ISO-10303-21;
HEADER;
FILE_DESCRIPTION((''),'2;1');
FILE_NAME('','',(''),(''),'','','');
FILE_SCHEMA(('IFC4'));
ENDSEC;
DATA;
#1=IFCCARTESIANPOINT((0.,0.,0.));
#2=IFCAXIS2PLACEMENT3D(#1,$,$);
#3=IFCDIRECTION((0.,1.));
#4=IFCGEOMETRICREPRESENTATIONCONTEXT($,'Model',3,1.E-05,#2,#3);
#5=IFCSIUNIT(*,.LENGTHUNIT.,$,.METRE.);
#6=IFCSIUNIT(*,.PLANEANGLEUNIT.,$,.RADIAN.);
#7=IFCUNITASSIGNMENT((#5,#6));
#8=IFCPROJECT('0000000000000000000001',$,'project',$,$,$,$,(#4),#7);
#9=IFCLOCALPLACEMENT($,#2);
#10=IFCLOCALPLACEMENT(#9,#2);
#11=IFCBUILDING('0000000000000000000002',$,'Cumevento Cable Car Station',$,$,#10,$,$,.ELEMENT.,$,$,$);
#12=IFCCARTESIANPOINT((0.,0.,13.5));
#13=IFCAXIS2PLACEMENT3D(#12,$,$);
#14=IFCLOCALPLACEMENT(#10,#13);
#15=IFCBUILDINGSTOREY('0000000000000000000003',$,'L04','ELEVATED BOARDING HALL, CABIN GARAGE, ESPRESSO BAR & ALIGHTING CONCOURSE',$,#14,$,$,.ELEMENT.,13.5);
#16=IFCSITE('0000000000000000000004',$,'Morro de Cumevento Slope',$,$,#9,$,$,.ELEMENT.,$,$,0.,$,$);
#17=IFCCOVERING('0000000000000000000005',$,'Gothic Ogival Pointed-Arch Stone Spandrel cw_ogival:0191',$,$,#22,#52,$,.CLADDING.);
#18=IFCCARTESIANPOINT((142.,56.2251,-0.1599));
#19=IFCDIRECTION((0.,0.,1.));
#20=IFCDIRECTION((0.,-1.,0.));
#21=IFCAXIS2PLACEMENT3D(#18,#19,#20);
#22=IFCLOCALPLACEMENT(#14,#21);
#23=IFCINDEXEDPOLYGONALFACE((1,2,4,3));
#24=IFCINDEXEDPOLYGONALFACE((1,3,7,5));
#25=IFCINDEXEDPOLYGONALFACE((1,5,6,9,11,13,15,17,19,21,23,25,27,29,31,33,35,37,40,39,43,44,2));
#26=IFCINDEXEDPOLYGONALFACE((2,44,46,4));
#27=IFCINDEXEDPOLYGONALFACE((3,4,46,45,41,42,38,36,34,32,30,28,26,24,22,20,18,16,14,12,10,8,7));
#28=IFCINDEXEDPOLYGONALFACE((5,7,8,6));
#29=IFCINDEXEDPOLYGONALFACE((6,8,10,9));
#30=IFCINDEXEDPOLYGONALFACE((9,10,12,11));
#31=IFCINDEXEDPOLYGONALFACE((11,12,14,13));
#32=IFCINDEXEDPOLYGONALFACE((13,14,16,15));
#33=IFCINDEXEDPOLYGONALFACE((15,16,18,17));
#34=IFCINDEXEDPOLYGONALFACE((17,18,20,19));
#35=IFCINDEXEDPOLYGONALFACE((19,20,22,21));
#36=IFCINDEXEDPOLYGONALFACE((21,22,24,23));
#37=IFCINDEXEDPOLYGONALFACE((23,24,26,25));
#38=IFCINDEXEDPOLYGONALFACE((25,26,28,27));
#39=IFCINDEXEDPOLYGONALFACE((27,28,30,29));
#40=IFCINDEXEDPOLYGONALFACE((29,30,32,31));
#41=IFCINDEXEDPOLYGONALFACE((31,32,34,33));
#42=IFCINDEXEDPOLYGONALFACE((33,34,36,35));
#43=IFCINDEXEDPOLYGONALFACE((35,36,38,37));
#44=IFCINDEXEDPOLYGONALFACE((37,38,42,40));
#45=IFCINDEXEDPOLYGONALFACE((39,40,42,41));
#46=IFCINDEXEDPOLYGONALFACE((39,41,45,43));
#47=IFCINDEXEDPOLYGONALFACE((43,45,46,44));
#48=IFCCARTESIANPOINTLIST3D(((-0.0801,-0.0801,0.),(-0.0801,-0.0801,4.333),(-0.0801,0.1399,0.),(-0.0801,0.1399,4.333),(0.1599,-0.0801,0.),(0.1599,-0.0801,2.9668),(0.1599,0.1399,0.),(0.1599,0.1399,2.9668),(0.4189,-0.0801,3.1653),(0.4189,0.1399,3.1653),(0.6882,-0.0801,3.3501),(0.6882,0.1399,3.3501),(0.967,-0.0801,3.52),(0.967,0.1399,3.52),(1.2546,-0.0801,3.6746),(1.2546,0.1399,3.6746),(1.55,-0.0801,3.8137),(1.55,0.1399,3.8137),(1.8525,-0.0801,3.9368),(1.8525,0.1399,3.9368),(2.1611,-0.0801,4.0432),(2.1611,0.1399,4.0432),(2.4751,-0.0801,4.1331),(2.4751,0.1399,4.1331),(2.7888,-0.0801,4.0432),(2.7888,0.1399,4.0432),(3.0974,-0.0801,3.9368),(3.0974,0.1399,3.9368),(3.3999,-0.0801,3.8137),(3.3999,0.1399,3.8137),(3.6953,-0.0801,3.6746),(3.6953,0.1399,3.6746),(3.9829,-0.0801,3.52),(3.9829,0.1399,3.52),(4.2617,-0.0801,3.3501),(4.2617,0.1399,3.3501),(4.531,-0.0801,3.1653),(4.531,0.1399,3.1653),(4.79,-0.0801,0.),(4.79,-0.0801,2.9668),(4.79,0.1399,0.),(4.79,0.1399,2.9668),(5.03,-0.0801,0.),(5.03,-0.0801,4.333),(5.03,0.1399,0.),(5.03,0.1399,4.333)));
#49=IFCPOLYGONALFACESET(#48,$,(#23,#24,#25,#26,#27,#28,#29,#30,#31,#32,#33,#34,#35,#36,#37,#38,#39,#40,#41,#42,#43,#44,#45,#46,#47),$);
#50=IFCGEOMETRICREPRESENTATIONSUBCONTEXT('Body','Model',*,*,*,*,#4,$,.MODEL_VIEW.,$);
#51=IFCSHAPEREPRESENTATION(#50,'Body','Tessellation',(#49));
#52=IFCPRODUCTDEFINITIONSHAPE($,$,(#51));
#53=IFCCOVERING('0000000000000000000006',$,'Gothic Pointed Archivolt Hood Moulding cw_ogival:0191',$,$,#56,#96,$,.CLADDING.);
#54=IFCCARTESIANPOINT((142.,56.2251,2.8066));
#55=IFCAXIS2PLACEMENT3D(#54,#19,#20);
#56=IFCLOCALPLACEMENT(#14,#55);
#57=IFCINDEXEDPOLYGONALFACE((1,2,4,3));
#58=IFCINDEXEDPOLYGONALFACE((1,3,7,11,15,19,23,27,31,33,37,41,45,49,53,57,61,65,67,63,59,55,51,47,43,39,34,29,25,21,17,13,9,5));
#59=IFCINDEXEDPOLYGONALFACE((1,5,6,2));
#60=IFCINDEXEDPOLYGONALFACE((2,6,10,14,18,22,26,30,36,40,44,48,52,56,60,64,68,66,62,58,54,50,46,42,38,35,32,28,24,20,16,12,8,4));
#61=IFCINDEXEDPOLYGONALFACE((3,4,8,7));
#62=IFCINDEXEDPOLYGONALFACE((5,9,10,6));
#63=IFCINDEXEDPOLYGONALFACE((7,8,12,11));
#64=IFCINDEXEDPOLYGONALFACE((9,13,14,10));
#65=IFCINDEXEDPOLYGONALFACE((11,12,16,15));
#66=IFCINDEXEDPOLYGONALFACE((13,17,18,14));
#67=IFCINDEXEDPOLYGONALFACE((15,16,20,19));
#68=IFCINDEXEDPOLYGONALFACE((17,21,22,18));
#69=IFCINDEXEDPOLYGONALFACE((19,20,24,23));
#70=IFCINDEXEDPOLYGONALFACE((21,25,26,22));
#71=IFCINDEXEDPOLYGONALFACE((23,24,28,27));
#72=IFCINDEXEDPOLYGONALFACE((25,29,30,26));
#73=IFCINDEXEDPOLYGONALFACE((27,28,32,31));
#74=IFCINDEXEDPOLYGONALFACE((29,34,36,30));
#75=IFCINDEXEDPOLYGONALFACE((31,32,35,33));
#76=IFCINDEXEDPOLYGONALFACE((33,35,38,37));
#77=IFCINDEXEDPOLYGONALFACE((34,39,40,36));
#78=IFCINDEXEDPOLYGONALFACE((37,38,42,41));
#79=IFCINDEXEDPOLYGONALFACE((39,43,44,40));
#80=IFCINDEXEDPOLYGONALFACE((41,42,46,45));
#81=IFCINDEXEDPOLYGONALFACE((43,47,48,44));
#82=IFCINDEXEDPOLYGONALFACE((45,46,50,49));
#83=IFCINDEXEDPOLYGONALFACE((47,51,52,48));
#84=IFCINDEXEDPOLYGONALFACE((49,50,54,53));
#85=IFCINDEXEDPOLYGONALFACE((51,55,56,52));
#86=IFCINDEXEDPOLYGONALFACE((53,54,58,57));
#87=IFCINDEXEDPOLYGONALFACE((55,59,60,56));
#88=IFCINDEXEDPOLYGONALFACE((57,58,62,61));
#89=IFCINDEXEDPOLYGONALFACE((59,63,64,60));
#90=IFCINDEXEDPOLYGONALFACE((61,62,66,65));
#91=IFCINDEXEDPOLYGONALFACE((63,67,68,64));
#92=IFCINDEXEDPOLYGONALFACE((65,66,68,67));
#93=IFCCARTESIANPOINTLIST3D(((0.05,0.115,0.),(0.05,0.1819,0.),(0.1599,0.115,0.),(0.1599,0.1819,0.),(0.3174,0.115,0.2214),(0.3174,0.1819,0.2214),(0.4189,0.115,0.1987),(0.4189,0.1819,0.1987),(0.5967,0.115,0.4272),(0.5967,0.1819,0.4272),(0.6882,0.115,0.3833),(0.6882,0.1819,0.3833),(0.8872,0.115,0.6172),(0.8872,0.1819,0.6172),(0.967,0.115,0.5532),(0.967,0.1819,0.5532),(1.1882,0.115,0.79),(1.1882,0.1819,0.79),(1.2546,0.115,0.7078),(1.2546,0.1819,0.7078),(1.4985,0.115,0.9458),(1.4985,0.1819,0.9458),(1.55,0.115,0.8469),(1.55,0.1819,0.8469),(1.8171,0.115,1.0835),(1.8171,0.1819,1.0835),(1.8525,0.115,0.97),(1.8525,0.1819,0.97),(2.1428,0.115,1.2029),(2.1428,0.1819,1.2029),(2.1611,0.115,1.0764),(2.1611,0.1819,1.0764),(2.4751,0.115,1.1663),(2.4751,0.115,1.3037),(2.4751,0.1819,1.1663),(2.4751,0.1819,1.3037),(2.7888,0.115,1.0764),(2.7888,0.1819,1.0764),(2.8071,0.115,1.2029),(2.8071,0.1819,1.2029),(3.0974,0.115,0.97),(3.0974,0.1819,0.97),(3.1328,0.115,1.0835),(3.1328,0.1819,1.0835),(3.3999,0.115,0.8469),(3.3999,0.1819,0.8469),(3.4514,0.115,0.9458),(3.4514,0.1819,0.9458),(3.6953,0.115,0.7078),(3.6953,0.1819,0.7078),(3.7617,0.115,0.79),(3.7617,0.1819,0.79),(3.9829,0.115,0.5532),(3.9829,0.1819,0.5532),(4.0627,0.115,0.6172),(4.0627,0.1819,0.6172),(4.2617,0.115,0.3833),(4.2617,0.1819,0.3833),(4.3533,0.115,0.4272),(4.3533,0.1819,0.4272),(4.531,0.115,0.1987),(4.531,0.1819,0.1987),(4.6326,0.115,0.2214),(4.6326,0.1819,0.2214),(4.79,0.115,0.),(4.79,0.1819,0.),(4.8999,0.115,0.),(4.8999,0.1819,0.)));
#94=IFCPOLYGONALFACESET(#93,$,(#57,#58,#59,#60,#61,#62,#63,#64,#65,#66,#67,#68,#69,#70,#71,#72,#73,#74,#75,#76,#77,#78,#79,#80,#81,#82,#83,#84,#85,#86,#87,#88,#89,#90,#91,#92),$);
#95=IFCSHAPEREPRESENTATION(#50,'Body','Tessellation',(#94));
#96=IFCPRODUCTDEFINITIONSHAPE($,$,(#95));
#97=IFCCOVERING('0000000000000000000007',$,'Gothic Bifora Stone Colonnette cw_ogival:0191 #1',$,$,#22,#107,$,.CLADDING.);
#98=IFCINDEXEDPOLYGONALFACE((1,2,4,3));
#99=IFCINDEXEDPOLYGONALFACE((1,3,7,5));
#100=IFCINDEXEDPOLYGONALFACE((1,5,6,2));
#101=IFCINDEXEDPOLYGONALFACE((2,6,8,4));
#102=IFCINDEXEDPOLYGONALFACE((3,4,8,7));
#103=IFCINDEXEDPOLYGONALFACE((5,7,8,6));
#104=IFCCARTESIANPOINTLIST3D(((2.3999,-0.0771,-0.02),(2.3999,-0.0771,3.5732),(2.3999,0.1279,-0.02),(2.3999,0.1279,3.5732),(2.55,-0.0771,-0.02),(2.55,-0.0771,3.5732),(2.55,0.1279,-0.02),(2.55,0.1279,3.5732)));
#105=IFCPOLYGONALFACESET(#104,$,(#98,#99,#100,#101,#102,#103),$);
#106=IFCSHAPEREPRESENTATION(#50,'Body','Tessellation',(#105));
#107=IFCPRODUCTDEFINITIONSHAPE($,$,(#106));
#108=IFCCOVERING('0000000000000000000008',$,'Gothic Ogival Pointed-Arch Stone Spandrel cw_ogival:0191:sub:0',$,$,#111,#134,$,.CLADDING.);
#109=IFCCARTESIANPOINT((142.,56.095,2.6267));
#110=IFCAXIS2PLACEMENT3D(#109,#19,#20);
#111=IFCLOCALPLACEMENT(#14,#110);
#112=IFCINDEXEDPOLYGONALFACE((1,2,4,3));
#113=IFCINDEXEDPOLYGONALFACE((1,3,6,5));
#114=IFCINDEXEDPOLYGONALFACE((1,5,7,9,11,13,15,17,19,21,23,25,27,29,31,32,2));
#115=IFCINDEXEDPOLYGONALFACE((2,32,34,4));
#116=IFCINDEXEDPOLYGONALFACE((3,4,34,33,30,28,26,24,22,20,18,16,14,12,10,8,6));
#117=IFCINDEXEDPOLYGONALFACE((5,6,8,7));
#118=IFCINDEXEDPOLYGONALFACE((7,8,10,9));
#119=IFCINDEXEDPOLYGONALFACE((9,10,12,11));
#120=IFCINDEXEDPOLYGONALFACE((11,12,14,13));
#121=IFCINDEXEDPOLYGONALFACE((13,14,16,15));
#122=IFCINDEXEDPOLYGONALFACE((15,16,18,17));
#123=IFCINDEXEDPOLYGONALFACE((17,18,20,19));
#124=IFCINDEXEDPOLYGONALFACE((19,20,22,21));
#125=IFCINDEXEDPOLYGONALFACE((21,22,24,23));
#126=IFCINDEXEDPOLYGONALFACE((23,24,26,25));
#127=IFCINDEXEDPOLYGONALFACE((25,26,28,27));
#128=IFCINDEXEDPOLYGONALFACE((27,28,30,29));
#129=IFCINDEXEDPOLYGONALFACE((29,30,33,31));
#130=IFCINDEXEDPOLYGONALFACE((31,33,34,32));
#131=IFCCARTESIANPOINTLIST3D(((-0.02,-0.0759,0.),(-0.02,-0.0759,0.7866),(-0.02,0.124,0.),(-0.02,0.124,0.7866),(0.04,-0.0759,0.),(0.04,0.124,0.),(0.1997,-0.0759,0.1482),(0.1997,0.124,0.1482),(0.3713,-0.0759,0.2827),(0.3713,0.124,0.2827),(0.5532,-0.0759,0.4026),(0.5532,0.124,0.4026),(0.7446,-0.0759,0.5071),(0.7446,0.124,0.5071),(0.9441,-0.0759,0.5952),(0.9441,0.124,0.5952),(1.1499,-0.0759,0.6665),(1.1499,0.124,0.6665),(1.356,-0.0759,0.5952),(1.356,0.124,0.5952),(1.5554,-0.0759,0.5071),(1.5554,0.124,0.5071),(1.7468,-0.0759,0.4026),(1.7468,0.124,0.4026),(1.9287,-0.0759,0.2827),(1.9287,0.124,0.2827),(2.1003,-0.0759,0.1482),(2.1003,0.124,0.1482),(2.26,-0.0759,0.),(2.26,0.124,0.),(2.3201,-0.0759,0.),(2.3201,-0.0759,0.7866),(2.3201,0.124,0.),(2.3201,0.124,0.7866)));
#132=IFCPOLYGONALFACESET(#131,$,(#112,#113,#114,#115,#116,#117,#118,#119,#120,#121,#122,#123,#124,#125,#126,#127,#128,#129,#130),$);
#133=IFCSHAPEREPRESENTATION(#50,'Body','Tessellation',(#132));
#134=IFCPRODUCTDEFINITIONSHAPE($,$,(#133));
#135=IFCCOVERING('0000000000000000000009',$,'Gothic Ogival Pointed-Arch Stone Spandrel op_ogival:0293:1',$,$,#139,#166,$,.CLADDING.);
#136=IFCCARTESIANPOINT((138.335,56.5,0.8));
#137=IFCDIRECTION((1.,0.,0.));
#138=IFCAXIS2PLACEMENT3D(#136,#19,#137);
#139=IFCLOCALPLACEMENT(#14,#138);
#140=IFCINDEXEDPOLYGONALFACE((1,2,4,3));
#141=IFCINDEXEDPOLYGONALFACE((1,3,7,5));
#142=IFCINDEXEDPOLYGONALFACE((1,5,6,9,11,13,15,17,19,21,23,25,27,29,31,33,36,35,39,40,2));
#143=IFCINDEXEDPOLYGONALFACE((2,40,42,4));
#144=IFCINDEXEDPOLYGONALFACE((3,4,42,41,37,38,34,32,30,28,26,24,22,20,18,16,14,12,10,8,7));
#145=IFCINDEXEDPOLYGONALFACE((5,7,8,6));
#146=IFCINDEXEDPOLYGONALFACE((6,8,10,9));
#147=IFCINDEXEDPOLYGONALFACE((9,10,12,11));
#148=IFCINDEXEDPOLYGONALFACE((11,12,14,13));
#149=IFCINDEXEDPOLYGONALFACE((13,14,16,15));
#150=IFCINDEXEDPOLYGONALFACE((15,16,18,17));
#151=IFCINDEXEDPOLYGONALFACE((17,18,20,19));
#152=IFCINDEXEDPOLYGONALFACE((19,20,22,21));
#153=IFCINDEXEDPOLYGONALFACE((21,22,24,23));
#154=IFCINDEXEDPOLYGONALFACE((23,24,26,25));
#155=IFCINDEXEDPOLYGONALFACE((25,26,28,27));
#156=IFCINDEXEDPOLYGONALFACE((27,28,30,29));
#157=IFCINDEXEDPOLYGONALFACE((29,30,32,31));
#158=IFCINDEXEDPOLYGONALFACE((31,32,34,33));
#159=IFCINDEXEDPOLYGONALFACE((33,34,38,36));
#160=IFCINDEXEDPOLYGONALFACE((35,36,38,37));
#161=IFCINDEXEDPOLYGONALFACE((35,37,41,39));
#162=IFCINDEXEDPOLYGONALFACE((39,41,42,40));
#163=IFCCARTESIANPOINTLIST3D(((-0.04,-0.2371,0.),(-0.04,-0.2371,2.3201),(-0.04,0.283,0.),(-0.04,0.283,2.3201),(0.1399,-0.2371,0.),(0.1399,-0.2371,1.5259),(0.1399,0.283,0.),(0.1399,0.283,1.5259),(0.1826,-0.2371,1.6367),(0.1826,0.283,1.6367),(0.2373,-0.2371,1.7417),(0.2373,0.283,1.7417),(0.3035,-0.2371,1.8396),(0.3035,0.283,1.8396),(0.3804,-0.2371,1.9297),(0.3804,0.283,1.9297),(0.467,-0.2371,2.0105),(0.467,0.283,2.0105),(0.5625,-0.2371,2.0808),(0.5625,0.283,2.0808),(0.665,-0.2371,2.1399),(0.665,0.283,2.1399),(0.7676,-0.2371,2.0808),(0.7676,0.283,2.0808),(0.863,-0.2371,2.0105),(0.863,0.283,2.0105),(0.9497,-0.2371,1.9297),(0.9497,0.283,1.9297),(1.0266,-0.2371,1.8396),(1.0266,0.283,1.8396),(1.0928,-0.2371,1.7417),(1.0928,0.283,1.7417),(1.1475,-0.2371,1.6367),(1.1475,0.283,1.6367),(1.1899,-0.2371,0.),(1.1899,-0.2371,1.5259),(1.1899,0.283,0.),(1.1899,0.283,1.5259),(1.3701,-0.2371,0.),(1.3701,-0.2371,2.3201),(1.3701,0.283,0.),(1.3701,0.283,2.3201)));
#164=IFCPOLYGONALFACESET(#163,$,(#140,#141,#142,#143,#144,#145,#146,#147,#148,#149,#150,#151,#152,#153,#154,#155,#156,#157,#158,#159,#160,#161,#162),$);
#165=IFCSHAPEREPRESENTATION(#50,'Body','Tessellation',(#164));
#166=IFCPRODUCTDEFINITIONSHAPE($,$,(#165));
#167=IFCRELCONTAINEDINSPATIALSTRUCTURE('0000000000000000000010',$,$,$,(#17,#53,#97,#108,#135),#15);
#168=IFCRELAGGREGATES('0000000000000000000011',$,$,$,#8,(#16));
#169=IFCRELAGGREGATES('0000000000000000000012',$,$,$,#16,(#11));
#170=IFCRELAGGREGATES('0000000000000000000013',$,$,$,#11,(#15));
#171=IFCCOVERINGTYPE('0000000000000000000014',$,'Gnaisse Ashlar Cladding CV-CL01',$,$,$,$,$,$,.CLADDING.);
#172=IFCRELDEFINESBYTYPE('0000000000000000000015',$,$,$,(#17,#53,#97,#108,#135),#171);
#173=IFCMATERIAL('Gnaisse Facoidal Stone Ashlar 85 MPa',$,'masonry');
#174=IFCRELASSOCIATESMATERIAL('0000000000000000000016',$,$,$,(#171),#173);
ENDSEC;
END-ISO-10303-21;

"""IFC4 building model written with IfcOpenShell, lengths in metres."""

from ifc_helpers import new_model, si_unit, direction, frame, origin, place, context, subcontext, project, spatial, polyline, outline, extrude, material, type_object, element, save


model = new_model("IFC4")

# Units and contexts
model_context = context("Model", 3, precision=1e-05, world=origin(), true_north=direction((0.0, 1.0)))
body_context = subcontext(model_context, "Body", "Model", "MODEL_VIEW")
ifc_project = project(units=[si_unit("LENGTHUNIT", "METRE"), si_unit("PLANEANGLEUNIT", "RADIAN")], contexts=[model_context])

# Site, building, storey
site_placement = place(None, origin())
site = spatial("IfcSite", under=ifc_project, at=site_placement, Name="Morro de Cumevento Slope", CompositionType="ELEMENT", RefElevation=0.0)
building_placement = place(site_placement, origin())
building = spatial("IfcBuilding", under=site, at=building_placement, Name="Cumevento Cable Car Station", CompositionType="ELEMENT")
storey_placement = place(building_placement, frame((0.0, 0.0, 13.5)))
storey = spatial("IfcBuildingStorey", under=building, at=storey_placement, Name="L04", Description="ELEVATED BOARDING HALL, CABIN GARAGE, ESPRESSO BAR & ALIGHTING CONCOURSE", CompositionType="ELEMENT", Elevation=13.5)

# Coverings
ifc_material_1 = material(Name="Gnaisse Facoidal Stone Ashlar 85 MPa", Category="masonry")
covering_type = type_object("IfcCoveringType", Name="Gnaisse Ashlar Cladding CV-CL01", PredefinedType="CLADDING", material=ifc_material_1)
placement = place(storey_placement, frame((142.0, 56.2251, -0.1599), z_axis=(0.0, 0.0, 1.0), x_axis=(0.0, -1.0, 0.0)))
element("IfcCovering", 1, at=placement, inside=storey, type_object=covering_type, Name="Gothic Ogival Pointed-Arch Stone Spandrel cw_ogival:0191", PredefinedType="CLADDING", context=body_context, shape_type="SweptSolid", body=[
    extrude(outline(polyline([(-0.0801, 0.0), (-0.0801, 4.333), (5.03, 4.333), (5.03, 0.0), (4.79, 0.0), (4.79, 2.9668), (4.531, 3.1653), (4.2617, 3.3501), (3.9829, 3.52), (3.6953, 3.6746), (3.3999, 3.8137), (3.0974, 3.9368), (2.7888, 4.0432), (2.4751, 4.1331), (2.1611, 4.0432), (1.8525, 3.9368), (1.55, 3.8137), (1.2546, 3.6746), (0.967, 3.52), (0.6882, 3.3501), (0.4189, 3.1653), (0.1599, 2.9668), (0.1599, 0.0), (-0.0801, 0.0)])), frame((0.0, 0.1399, 0.0), z_axis=(0.0, -1.0, 0.0), x_axis=(1.0, 0.0, 0.0)), (0.0, 0.0, 1.0), 0.22),
])
covering_1_placement = place(storey_placement, frame((142.0, 56.2251, 2.8066), z_axis=(0.0, 0.0, 1.0), x_axis=(0.0, -1.0, 0.0)))
element("IfcCovering", 2, at=covering_1_placement, inside=storey, type_object=covering_type, Name="Gothic Pointed Archivolt Hood Moulding cw_ogival:0191", PredefinedType="CLADDING", context=body_context, shape_type="SweptSolid", body=[
    extrude(outline(polyline([(0.1599, 0.0), (0.4189, 0.1987), (0.6882, 0.3833), (0.967, 0.5532), (1.2546, 0.7078), (1.55, 0.8469), (1.8525, 0.97), (2.1611, 1.0764), (2.4751, 1.1663), (2.7888, 1.0764), (3.0974, 0.97), (3.3999, 0.8469), (3.6953, 0.7078), (3.9829, 0.5532), (4.2617, 0.3833), (4.531, 0.1987), (4.79, 0.0), (4.8999, 0.0), (4.6326, 0.2214), (4.3533, 0.4272), (4.0627, 0.6172), (3.7617, 0.79), (3.4514, 0.9458), (3.1328, 1.0835), (2.8071, 1.2029), (2.4751, 1.3037), (2.1428, 1.2029), (1.8171, 1.0835), (1.4985, 0.9458), (1.1882, 0.79), (0.8872, 0.6172), (0.5967, 0.4272), (0.3174, 0.2214), (0.05, 0.0), (0.1599, 0.0)])), frame((0.0, 0.1819, 0.0), z_axis=(0.0, -1.0, 0.0), x_axis=(1.0, 0.0, 0.0)), (0.0, 0.0, 1.0), 0.0669),
])
element("IfcCovering", 3, at=placement, inside=storey, type_object=covering_type, Name="Gothic Bifora Stone Colonnette cw_ogival:0191 #1", PredefinedType="CLADDING", context=body_context, shape_type="SweptSolid", body=[
    extrude(outline(polyline([(2.3999, -0.02), (2.55, -0.02), (2.55, 3.5732), (2.3999, 3.5732), (2.3999, -0.02)])), frame((0.0, 0.1279, 0.0), z_axis=(0.0, -1.0, 0.0), x_axis=(1.0, 0.0, 0.0)), (0.0, 0.0, 1.0), 0.2051),
])
covering_2_placement = place(storey_placement, frame((142.0, 56.095, 2.6267), z_axis=(0.0, 0.0, 1.0), x_axis=(0.0, -1.0, 0.0)))
element("IfcCovering", 4, at=covering_2_placement, inside=storey, type_object=covering_type, Name="Gothic Ogival Pointed-Arch Stone Spandrel cw_ogival:0191:sub:0", PredefinedType="CLADDING", context=body_context, shape_type="SweptSolid", body=[
    extrude(outline(polyline([(-0.02, 0.0), (-0.02, 0.7866), (2.3201, 0.7866), (2.3201, 0.0), (2.26, 0.0), (2.1003, 0.1482), (1.9287, 0.2827), (1.7468, 0.4026), (1.5554, 0.5071), (1.356, 0.5952), (1.1499, 0.6665), (0.9441, 0.5952), (0.7446, 0.5071), (0.5532, 0.4026), (0.3713, 0.2827), (0.1997, 0.1482), (0.04, 0.0), (-0.02, 0.0)])), frame((0.0, 0.124, 0.0), z_axis=(0.0, -1.0, 0.0), x_axis=(1.0, 0.0, 0.0)), (0.0, 0.0, 1.0), 0.2),
])
covering_3_placement = place(storey_placement, frame((138.335, 56.5, 0.8), z_axis=(0.0, 0.0, 1.0), x_axis=(1.0, 0.0, 0.0)))
element("IfcCovering", 5, at=covering_3_placement, inside=storey, type_object=covering_type, Name="Gothic Ogival Pointed-Arch Stone Spandrel op_ogival:0293:1", PredefinedType="CLADDING", context=body_context, shape_type="SweptSolid", body=[
    extrude(outline(polyline([(-0.04, 0.0), (-0.04, 2.3201), (1.3701, 2.3201), (1.3701, 0.0), (1.1899, 0.0), (1.1899, 1.5259), (1.1475, 1.6367), (1.0928, 1.7417), (1.0266, 1.8396), (0.9497, 1.9297), (0.863, 2.0105), (0.7676, 2.0808), (0.665, 2.1399), (0.5625, 2.0808), (0.467, 2.0105), (0.3804, 1.9297), (0.3035, 1.8396), (0.2373, 1.7417), (0.1826, 1.6367), (0.1399, 1.5259), (0.1399, 0.0), (-0.04, 0.0)])), frame((0.0, 0.283, 0.0), z_axis=(0.0, -1.0, 0.0), x_axis=(1.0, 0.0, 0.0)), (0.0, 0.0, 1.0), 0.52),
])

save(model, "model.ifc")
